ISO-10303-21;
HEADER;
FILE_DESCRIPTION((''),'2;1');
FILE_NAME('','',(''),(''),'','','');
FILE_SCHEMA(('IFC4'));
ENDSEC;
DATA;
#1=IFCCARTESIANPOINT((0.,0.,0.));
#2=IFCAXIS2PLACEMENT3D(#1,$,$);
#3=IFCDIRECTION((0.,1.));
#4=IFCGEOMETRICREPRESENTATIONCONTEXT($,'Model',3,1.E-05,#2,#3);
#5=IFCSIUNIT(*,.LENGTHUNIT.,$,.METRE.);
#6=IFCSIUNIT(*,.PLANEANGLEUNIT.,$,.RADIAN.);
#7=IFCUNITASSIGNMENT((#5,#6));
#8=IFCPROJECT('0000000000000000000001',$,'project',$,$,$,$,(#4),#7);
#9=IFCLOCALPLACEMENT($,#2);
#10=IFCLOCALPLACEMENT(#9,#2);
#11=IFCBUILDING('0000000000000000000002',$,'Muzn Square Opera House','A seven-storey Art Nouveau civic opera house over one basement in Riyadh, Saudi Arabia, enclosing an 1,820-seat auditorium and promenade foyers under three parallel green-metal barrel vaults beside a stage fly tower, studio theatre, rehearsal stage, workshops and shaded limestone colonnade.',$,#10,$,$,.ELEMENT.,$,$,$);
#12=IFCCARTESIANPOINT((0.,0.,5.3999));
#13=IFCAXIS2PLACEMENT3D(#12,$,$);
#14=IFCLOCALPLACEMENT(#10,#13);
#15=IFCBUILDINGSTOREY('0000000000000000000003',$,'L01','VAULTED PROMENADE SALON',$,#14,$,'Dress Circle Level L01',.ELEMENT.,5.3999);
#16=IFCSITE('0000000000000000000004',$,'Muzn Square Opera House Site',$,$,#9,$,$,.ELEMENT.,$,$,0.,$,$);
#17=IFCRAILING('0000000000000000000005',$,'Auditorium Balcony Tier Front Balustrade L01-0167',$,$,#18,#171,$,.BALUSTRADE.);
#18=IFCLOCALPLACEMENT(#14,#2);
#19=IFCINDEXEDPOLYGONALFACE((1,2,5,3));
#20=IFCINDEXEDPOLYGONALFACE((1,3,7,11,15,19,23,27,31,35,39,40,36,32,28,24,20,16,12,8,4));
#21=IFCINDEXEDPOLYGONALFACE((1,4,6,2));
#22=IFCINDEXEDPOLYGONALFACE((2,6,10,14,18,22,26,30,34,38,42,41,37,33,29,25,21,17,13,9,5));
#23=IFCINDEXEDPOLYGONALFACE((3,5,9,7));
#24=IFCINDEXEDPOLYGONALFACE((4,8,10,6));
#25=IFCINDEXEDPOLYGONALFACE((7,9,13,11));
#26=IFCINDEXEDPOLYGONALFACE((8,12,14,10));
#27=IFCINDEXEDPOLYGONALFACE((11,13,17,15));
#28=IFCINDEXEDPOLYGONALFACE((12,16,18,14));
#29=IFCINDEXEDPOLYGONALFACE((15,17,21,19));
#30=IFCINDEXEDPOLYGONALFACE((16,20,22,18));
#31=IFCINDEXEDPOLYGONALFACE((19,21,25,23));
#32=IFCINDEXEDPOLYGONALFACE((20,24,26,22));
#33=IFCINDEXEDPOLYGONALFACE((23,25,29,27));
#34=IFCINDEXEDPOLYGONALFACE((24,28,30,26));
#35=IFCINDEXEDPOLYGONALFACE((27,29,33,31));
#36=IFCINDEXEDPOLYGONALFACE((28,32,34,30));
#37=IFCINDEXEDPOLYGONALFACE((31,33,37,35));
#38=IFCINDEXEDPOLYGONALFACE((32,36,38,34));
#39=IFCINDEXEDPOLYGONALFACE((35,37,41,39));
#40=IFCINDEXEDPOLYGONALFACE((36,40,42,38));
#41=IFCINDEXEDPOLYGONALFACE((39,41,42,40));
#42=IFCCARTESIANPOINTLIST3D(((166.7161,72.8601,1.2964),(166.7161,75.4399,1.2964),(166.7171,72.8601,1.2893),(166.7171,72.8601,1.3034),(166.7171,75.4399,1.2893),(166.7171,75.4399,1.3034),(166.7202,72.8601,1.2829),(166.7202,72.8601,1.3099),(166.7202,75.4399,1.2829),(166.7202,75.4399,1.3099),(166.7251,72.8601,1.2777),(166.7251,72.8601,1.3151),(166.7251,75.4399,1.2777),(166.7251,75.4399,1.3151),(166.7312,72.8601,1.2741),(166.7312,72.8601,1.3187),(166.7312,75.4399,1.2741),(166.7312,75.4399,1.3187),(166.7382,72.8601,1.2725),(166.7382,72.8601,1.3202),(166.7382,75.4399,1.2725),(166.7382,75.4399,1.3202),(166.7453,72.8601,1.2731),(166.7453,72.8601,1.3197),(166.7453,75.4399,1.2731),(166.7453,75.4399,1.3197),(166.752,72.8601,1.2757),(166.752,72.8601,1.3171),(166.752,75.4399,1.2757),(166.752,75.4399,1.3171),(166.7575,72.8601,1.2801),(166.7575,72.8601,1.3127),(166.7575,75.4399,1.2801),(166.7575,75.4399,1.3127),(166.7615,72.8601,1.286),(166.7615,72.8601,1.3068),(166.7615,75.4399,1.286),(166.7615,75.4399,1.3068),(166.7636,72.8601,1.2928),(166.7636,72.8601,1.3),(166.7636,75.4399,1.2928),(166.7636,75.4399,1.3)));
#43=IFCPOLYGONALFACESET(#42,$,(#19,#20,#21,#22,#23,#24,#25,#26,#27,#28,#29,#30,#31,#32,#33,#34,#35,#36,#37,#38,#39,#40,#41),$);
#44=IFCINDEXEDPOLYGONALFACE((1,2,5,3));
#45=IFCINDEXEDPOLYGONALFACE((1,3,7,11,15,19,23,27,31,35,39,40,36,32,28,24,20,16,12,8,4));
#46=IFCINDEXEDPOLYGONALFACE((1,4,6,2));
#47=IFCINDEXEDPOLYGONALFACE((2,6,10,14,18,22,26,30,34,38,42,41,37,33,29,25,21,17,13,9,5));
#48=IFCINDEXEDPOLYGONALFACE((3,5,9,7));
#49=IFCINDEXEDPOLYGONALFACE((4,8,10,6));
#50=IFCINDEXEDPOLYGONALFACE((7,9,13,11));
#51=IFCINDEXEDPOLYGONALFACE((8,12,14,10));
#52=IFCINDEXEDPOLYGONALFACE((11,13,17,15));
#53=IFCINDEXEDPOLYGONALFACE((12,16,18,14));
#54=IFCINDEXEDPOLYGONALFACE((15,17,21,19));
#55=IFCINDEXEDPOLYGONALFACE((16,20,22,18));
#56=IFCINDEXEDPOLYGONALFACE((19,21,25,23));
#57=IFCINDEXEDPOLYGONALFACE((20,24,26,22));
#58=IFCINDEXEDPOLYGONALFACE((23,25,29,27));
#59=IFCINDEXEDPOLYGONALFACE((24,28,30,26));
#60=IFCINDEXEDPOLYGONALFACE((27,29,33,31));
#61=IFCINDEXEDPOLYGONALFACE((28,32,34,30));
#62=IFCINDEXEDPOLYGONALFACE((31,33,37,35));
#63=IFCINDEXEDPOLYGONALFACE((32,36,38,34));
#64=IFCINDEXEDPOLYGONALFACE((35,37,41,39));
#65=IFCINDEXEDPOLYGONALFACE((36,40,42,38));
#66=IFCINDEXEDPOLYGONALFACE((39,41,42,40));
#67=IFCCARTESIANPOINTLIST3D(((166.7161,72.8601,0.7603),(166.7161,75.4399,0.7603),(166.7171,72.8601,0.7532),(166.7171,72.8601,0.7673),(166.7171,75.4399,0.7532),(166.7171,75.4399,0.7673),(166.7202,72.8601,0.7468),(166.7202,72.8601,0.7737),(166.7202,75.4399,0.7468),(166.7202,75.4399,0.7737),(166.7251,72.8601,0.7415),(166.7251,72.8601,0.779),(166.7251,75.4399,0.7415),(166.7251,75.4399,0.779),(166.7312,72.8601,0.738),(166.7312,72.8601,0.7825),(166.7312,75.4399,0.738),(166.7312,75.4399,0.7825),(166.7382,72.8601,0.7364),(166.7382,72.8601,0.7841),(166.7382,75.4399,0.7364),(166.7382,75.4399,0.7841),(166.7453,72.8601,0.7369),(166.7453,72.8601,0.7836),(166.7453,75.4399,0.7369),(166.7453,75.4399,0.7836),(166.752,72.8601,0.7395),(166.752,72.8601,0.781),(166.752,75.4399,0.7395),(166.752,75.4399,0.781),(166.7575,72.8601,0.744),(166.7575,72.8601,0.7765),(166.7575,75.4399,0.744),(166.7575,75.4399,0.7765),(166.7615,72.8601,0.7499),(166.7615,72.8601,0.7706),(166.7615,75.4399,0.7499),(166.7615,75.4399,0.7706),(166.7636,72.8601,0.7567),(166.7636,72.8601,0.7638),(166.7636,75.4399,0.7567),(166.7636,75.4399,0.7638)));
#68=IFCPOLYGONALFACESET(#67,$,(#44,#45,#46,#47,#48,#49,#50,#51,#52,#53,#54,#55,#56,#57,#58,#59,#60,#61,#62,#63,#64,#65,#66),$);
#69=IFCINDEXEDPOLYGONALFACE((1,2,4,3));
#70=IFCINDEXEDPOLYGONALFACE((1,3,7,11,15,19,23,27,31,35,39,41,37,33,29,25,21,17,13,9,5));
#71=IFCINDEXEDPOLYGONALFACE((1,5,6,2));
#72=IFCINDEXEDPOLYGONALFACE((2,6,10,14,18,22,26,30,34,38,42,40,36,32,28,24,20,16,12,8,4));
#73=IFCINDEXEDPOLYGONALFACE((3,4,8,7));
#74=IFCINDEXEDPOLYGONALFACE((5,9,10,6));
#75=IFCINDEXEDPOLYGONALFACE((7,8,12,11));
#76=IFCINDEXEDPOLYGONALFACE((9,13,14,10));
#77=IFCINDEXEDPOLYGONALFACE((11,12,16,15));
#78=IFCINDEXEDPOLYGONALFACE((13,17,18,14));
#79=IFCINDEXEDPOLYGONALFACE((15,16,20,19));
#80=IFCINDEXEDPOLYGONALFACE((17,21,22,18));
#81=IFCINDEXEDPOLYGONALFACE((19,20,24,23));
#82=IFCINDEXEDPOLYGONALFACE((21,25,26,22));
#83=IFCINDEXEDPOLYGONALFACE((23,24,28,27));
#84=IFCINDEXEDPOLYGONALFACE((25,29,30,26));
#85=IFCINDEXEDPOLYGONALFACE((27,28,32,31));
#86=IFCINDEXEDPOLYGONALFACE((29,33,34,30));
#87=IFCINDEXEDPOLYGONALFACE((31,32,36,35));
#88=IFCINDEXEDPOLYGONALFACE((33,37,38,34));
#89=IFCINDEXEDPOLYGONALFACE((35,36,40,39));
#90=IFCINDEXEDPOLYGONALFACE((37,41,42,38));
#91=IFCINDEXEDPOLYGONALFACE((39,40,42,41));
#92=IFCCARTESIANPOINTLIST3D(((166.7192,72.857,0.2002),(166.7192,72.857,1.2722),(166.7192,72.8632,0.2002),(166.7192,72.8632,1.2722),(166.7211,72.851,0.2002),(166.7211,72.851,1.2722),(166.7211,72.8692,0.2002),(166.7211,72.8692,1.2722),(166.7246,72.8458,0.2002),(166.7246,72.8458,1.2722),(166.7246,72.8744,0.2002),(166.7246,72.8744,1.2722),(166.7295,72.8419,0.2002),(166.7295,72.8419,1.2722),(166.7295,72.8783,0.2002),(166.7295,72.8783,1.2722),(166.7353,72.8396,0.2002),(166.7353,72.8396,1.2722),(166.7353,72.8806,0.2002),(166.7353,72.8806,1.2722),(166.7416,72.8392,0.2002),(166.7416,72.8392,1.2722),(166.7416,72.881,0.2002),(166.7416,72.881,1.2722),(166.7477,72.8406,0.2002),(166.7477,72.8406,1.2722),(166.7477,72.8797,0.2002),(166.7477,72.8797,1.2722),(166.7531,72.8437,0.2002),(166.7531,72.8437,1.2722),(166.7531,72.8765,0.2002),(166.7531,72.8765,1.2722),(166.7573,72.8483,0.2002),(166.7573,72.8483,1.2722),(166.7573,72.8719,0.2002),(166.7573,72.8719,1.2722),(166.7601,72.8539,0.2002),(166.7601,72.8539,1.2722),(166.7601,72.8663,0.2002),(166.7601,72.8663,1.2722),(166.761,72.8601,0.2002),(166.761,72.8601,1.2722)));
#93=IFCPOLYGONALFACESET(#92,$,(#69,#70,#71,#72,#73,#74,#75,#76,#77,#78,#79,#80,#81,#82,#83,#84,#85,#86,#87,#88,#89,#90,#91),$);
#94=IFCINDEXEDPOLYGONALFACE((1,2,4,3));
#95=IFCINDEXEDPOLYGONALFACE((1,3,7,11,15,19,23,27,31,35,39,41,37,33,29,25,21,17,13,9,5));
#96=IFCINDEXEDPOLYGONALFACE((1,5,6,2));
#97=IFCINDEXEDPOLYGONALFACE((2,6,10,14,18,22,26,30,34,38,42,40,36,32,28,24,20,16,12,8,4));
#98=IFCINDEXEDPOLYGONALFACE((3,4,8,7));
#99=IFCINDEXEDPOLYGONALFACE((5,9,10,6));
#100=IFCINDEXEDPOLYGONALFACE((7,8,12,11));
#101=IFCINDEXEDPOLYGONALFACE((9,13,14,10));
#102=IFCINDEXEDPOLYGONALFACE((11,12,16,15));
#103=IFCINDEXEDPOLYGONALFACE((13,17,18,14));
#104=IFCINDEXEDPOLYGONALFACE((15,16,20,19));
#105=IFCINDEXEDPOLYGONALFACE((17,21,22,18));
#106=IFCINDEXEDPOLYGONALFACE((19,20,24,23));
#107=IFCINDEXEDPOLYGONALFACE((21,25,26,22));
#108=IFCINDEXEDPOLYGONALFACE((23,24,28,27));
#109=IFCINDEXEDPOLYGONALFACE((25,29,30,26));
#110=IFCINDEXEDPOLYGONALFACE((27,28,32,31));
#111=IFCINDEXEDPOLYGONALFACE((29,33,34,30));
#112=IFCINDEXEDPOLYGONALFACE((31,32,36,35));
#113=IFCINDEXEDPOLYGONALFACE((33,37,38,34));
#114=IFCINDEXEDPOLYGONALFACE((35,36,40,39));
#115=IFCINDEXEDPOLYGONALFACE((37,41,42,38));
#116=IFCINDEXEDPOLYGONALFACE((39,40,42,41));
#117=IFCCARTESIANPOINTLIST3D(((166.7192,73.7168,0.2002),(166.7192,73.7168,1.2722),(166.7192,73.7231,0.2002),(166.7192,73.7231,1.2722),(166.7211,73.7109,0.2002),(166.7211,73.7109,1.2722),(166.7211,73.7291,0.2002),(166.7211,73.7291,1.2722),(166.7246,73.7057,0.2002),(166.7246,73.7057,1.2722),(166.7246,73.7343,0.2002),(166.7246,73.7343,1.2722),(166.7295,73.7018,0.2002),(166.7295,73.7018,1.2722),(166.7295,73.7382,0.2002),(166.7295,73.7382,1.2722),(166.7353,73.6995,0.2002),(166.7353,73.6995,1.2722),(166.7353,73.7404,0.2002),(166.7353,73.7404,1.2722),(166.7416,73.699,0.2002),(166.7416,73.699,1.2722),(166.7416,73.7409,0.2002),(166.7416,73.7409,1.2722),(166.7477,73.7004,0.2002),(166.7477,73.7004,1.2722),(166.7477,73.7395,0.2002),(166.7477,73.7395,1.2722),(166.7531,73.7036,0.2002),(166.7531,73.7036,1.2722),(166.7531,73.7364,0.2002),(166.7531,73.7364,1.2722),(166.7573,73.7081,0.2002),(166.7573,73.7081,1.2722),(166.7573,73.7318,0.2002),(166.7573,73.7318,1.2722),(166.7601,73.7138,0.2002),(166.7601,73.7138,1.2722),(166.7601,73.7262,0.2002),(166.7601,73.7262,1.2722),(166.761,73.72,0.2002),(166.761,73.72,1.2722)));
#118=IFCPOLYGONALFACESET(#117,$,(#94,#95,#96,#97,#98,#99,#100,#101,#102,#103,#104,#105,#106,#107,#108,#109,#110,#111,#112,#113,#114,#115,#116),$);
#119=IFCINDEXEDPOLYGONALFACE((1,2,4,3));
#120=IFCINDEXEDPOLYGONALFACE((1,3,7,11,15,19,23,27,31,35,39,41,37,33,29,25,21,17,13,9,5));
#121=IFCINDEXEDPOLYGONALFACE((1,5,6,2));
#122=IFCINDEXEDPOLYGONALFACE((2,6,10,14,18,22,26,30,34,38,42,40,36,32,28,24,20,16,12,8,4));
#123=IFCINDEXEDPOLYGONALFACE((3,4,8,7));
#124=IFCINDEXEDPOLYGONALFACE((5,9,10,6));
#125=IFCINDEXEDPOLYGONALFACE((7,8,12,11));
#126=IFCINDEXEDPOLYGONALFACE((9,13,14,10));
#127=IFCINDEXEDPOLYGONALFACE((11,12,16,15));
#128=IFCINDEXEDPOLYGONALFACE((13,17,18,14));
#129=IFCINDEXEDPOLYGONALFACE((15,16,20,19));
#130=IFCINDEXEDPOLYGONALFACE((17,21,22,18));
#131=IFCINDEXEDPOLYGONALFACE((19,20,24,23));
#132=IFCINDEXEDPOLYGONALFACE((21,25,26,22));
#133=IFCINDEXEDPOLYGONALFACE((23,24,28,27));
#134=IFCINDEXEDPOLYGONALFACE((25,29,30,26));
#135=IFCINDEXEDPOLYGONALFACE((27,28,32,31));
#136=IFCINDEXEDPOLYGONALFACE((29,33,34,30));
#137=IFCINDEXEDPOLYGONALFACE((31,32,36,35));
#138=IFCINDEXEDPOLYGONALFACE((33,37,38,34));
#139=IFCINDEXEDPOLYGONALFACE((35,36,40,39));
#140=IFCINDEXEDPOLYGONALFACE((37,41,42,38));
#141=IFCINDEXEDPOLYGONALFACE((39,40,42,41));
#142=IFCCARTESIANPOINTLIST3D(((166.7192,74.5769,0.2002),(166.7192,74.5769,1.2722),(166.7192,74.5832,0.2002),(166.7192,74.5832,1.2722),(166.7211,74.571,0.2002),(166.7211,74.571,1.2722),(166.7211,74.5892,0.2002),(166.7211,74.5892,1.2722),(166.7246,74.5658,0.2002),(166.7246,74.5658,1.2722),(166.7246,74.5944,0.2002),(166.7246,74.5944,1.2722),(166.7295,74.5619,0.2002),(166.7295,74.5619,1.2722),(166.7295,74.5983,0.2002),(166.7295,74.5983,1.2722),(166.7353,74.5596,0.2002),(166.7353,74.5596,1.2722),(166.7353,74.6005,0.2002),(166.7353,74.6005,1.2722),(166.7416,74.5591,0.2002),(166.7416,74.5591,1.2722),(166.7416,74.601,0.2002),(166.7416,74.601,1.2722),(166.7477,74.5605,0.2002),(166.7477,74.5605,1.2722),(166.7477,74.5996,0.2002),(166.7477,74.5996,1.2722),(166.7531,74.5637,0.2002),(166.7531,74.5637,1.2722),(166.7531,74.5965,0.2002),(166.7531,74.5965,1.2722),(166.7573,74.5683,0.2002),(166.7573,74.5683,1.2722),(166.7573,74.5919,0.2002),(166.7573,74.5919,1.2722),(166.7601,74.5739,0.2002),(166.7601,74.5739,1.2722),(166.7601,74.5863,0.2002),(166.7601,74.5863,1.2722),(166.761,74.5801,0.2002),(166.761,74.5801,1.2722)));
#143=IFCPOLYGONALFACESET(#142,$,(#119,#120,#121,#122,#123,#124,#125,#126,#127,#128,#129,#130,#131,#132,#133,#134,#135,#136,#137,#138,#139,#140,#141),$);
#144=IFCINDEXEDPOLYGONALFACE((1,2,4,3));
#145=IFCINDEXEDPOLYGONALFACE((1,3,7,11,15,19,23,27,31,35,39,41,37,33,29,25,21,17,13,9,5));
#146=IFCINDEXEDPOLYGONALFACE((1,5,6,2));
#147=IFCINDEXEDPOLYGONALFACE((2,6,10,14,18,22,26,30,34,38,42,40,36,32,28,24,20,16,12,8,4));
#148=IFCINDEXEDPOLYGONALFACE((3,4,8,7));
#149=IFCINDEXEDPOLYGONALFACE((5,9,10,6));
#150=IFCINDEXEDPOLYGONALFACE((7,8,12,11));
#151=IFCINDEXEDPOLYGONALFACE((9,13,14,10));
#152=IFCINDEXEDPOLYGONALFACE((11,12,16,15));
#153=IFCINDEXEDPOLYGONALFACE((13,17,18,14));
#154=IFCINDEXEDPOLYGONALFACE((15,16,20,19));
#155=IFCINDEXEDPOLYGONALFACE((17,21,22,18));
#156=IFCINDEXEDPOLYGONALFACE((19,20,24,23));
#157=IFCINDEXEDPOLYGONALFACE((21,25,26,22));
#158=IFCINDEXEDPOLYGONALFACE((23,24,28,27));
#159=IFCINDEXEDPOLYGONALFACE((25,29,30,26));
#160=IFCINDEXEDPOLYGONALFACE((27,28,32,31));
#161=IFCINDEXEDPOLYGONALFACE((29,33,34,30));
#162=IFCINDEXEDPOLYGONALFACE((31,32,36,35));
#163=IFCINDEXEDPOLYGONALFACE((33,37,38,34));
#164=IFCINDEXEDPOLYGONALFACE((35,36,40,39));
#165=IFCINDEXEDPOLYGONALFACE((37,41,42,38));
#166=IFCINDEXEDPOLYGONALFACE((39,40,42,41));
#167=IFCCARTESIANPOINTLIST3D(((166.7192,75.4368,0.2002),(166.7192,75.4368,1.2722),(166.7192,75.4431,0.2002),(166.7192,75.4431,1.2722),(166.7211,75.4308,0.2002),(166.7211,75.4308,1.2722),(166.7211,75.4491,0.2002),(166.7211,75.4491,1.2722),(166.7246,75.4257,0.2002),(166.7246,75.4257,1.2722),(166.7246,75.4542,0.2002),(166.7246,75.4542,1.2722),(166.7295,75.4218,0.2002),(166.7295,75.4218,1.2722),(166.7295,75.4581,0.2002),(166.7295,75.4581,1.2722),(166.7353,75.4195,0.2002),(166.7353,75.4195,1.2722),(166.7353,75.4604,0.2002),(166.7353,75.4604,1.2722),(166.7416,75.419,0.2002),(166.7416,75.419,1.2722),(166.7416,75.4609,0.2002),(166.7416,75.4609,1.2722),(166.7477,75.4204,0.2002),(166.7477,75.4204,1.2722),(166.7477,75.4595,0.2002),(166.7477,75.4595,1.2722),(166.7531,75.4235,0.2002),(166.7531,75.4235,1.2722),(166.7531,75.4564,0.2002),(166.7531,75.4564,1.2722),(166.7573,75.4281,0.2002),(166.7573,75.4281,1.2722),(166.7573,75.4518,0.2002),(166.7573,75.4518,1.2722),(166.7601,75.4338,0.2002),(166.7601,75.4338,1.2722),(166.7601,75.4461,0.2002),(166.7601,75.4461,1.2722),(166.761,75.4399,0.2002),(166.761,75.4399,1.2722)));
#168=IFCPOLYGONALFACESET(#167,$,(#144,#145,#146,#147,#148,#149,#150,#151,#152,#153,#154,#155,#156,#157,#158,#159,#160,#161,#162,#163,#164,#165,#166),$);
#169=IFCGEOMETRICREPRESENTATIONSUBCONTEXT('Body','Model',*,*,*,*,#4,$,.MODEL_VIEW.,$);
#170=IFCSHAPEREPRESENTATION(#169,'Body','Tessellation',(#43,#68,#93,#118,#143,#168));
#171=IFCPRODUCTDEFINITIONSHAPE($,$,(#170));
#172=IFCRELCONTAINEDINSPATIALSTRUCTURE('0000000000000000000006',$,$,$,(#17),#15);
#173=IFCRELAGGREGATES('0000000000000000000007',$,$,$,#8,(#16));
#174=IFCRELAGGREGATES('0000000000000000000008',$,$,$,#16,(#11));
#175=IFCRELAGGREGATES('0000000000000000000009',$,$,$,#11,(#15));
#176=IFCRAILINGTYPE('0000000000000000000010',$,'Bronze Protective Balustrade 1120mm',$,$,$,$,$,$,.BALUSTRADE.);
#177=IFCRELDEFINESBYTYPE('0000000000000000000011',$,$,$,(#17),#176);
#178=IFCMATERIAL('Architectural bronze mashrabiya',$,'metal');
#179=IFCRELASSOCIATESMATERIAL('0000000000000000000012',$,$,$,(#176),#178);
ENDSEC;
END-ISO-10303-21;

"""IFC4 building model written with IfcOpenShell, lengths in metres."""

from ifc_helpers import new_model, si_unit, direction, frame, origin, origin_2d, place, context, subcontext, project, spatial, circle, extrude, material, type_object, element, save


model = new_model("IFC4")

# Units and contexts
model_context = context("Model", 3, precision=1e-05, world=origin(), true_north=direction((0.0, 1.0)))
body_context = subcontext(model_context, "Body", "Model", "MODEL_VIEW")
ifc_project = project(units=[si_unit("LENGTHUNIT", "METRE"), si_unit("PLANEANGLEUNIT", "RADIAN")], contexts=[model_context])

# Site, building, storey
site_placement = place(None, origin())
site = spatial("IfcSite", under=ifc_project, at=site_placement, Name="Muzn Square Opera House Site", CompositionType="ELEMENT", RefElevation=0.0)
building_placement = place(site_placement, origin())
building = spatial("IfcBuilding", under=site, at=building_placement, Name="Muzn Square Opera House", Description="A seven-storey Art Nouveau civic opera house over one basement in Riyadh, Saudi Arabia, enclosing an 1,820-seat auditorium and promenade foyers under three parallel green-metal barrel vaults beside a stage fly tower, studio theatre, rehearsal stage, workshops and shaded limestone colonnade.", CompositionType="ELEMENT")
storey_placement = place(building_placement, frame((0.0, 0.0, 5.3999)))
storey = spatial("IfcBuildingStorey", under=building, at=storey_placement, Name="L01", Description="VAULTED PROMENADE SALON", LongName="Dress Circle Level L01", CompositionType="ELEMENT", Elevation=5.3999)

# Railing
ifc_material_1 = material(Name="Architectural bronze mashrabiya", Category="metal")
railing_type = type_object("IfcRailingType", Name="Bronze Protective Balustrade 1120mm", PredefinedType="BALUSTRADE", material=ifc_material_1)
railing_1_placement = place(storey_placement, frame((166.74, 72.8601, 0.2002)))
element("IfcRailing", 1, at=railing_1_placement, inside=storey, type_object=railing_type, Name="Auditorium Balcony Tier Front Balustrade L01-0167", PredefinedType="BALUSTRADE", context=body_context, shape_type="SweptSolid", body=[
    extrude(circle(Radius=0.0239, at=origin_2d()), frame((0.0, 0.0, 1.0962), z_axis=(0.0, 1.0, 0.0), x_axis=(-1.0, 0.0, 0.0)), (0.0, 0.0, 1.0), 2.5798),
    extrude(circle(Radius=0.0239, at=origin_2d()), frame((0.0, 0.0, 0.5601), z_axis=(0.0, 1.0, 0.0), x_axis=(-1.0, 0.0, 0.0)), (0.0, 0.0, 1.0), 2.5798),
    extrude(circle(Radius=0.021, at=origin_2d()), origin(), (0.0, 0.0, 1.0), 1.072),
    extrude(circle(Radius=0.021, at=origin_2d()), frame((0.0, 0.8599, 0.0)), (0.0, 0.0, 1.0), 1.072),
    extrude(circle(Radius=0.021, at=origin_2d()), frame((0.0, 1.72, 0.0)), (0.0, 0.0, 1.0), 1.072),
    extrude(circle(Radius=0.021, at=origin_2d()), frame((0.0, 2.5798, 0.0)), (0.0, 0.0, 1.0), 1.072),
])

save(model, "model.ifc")
